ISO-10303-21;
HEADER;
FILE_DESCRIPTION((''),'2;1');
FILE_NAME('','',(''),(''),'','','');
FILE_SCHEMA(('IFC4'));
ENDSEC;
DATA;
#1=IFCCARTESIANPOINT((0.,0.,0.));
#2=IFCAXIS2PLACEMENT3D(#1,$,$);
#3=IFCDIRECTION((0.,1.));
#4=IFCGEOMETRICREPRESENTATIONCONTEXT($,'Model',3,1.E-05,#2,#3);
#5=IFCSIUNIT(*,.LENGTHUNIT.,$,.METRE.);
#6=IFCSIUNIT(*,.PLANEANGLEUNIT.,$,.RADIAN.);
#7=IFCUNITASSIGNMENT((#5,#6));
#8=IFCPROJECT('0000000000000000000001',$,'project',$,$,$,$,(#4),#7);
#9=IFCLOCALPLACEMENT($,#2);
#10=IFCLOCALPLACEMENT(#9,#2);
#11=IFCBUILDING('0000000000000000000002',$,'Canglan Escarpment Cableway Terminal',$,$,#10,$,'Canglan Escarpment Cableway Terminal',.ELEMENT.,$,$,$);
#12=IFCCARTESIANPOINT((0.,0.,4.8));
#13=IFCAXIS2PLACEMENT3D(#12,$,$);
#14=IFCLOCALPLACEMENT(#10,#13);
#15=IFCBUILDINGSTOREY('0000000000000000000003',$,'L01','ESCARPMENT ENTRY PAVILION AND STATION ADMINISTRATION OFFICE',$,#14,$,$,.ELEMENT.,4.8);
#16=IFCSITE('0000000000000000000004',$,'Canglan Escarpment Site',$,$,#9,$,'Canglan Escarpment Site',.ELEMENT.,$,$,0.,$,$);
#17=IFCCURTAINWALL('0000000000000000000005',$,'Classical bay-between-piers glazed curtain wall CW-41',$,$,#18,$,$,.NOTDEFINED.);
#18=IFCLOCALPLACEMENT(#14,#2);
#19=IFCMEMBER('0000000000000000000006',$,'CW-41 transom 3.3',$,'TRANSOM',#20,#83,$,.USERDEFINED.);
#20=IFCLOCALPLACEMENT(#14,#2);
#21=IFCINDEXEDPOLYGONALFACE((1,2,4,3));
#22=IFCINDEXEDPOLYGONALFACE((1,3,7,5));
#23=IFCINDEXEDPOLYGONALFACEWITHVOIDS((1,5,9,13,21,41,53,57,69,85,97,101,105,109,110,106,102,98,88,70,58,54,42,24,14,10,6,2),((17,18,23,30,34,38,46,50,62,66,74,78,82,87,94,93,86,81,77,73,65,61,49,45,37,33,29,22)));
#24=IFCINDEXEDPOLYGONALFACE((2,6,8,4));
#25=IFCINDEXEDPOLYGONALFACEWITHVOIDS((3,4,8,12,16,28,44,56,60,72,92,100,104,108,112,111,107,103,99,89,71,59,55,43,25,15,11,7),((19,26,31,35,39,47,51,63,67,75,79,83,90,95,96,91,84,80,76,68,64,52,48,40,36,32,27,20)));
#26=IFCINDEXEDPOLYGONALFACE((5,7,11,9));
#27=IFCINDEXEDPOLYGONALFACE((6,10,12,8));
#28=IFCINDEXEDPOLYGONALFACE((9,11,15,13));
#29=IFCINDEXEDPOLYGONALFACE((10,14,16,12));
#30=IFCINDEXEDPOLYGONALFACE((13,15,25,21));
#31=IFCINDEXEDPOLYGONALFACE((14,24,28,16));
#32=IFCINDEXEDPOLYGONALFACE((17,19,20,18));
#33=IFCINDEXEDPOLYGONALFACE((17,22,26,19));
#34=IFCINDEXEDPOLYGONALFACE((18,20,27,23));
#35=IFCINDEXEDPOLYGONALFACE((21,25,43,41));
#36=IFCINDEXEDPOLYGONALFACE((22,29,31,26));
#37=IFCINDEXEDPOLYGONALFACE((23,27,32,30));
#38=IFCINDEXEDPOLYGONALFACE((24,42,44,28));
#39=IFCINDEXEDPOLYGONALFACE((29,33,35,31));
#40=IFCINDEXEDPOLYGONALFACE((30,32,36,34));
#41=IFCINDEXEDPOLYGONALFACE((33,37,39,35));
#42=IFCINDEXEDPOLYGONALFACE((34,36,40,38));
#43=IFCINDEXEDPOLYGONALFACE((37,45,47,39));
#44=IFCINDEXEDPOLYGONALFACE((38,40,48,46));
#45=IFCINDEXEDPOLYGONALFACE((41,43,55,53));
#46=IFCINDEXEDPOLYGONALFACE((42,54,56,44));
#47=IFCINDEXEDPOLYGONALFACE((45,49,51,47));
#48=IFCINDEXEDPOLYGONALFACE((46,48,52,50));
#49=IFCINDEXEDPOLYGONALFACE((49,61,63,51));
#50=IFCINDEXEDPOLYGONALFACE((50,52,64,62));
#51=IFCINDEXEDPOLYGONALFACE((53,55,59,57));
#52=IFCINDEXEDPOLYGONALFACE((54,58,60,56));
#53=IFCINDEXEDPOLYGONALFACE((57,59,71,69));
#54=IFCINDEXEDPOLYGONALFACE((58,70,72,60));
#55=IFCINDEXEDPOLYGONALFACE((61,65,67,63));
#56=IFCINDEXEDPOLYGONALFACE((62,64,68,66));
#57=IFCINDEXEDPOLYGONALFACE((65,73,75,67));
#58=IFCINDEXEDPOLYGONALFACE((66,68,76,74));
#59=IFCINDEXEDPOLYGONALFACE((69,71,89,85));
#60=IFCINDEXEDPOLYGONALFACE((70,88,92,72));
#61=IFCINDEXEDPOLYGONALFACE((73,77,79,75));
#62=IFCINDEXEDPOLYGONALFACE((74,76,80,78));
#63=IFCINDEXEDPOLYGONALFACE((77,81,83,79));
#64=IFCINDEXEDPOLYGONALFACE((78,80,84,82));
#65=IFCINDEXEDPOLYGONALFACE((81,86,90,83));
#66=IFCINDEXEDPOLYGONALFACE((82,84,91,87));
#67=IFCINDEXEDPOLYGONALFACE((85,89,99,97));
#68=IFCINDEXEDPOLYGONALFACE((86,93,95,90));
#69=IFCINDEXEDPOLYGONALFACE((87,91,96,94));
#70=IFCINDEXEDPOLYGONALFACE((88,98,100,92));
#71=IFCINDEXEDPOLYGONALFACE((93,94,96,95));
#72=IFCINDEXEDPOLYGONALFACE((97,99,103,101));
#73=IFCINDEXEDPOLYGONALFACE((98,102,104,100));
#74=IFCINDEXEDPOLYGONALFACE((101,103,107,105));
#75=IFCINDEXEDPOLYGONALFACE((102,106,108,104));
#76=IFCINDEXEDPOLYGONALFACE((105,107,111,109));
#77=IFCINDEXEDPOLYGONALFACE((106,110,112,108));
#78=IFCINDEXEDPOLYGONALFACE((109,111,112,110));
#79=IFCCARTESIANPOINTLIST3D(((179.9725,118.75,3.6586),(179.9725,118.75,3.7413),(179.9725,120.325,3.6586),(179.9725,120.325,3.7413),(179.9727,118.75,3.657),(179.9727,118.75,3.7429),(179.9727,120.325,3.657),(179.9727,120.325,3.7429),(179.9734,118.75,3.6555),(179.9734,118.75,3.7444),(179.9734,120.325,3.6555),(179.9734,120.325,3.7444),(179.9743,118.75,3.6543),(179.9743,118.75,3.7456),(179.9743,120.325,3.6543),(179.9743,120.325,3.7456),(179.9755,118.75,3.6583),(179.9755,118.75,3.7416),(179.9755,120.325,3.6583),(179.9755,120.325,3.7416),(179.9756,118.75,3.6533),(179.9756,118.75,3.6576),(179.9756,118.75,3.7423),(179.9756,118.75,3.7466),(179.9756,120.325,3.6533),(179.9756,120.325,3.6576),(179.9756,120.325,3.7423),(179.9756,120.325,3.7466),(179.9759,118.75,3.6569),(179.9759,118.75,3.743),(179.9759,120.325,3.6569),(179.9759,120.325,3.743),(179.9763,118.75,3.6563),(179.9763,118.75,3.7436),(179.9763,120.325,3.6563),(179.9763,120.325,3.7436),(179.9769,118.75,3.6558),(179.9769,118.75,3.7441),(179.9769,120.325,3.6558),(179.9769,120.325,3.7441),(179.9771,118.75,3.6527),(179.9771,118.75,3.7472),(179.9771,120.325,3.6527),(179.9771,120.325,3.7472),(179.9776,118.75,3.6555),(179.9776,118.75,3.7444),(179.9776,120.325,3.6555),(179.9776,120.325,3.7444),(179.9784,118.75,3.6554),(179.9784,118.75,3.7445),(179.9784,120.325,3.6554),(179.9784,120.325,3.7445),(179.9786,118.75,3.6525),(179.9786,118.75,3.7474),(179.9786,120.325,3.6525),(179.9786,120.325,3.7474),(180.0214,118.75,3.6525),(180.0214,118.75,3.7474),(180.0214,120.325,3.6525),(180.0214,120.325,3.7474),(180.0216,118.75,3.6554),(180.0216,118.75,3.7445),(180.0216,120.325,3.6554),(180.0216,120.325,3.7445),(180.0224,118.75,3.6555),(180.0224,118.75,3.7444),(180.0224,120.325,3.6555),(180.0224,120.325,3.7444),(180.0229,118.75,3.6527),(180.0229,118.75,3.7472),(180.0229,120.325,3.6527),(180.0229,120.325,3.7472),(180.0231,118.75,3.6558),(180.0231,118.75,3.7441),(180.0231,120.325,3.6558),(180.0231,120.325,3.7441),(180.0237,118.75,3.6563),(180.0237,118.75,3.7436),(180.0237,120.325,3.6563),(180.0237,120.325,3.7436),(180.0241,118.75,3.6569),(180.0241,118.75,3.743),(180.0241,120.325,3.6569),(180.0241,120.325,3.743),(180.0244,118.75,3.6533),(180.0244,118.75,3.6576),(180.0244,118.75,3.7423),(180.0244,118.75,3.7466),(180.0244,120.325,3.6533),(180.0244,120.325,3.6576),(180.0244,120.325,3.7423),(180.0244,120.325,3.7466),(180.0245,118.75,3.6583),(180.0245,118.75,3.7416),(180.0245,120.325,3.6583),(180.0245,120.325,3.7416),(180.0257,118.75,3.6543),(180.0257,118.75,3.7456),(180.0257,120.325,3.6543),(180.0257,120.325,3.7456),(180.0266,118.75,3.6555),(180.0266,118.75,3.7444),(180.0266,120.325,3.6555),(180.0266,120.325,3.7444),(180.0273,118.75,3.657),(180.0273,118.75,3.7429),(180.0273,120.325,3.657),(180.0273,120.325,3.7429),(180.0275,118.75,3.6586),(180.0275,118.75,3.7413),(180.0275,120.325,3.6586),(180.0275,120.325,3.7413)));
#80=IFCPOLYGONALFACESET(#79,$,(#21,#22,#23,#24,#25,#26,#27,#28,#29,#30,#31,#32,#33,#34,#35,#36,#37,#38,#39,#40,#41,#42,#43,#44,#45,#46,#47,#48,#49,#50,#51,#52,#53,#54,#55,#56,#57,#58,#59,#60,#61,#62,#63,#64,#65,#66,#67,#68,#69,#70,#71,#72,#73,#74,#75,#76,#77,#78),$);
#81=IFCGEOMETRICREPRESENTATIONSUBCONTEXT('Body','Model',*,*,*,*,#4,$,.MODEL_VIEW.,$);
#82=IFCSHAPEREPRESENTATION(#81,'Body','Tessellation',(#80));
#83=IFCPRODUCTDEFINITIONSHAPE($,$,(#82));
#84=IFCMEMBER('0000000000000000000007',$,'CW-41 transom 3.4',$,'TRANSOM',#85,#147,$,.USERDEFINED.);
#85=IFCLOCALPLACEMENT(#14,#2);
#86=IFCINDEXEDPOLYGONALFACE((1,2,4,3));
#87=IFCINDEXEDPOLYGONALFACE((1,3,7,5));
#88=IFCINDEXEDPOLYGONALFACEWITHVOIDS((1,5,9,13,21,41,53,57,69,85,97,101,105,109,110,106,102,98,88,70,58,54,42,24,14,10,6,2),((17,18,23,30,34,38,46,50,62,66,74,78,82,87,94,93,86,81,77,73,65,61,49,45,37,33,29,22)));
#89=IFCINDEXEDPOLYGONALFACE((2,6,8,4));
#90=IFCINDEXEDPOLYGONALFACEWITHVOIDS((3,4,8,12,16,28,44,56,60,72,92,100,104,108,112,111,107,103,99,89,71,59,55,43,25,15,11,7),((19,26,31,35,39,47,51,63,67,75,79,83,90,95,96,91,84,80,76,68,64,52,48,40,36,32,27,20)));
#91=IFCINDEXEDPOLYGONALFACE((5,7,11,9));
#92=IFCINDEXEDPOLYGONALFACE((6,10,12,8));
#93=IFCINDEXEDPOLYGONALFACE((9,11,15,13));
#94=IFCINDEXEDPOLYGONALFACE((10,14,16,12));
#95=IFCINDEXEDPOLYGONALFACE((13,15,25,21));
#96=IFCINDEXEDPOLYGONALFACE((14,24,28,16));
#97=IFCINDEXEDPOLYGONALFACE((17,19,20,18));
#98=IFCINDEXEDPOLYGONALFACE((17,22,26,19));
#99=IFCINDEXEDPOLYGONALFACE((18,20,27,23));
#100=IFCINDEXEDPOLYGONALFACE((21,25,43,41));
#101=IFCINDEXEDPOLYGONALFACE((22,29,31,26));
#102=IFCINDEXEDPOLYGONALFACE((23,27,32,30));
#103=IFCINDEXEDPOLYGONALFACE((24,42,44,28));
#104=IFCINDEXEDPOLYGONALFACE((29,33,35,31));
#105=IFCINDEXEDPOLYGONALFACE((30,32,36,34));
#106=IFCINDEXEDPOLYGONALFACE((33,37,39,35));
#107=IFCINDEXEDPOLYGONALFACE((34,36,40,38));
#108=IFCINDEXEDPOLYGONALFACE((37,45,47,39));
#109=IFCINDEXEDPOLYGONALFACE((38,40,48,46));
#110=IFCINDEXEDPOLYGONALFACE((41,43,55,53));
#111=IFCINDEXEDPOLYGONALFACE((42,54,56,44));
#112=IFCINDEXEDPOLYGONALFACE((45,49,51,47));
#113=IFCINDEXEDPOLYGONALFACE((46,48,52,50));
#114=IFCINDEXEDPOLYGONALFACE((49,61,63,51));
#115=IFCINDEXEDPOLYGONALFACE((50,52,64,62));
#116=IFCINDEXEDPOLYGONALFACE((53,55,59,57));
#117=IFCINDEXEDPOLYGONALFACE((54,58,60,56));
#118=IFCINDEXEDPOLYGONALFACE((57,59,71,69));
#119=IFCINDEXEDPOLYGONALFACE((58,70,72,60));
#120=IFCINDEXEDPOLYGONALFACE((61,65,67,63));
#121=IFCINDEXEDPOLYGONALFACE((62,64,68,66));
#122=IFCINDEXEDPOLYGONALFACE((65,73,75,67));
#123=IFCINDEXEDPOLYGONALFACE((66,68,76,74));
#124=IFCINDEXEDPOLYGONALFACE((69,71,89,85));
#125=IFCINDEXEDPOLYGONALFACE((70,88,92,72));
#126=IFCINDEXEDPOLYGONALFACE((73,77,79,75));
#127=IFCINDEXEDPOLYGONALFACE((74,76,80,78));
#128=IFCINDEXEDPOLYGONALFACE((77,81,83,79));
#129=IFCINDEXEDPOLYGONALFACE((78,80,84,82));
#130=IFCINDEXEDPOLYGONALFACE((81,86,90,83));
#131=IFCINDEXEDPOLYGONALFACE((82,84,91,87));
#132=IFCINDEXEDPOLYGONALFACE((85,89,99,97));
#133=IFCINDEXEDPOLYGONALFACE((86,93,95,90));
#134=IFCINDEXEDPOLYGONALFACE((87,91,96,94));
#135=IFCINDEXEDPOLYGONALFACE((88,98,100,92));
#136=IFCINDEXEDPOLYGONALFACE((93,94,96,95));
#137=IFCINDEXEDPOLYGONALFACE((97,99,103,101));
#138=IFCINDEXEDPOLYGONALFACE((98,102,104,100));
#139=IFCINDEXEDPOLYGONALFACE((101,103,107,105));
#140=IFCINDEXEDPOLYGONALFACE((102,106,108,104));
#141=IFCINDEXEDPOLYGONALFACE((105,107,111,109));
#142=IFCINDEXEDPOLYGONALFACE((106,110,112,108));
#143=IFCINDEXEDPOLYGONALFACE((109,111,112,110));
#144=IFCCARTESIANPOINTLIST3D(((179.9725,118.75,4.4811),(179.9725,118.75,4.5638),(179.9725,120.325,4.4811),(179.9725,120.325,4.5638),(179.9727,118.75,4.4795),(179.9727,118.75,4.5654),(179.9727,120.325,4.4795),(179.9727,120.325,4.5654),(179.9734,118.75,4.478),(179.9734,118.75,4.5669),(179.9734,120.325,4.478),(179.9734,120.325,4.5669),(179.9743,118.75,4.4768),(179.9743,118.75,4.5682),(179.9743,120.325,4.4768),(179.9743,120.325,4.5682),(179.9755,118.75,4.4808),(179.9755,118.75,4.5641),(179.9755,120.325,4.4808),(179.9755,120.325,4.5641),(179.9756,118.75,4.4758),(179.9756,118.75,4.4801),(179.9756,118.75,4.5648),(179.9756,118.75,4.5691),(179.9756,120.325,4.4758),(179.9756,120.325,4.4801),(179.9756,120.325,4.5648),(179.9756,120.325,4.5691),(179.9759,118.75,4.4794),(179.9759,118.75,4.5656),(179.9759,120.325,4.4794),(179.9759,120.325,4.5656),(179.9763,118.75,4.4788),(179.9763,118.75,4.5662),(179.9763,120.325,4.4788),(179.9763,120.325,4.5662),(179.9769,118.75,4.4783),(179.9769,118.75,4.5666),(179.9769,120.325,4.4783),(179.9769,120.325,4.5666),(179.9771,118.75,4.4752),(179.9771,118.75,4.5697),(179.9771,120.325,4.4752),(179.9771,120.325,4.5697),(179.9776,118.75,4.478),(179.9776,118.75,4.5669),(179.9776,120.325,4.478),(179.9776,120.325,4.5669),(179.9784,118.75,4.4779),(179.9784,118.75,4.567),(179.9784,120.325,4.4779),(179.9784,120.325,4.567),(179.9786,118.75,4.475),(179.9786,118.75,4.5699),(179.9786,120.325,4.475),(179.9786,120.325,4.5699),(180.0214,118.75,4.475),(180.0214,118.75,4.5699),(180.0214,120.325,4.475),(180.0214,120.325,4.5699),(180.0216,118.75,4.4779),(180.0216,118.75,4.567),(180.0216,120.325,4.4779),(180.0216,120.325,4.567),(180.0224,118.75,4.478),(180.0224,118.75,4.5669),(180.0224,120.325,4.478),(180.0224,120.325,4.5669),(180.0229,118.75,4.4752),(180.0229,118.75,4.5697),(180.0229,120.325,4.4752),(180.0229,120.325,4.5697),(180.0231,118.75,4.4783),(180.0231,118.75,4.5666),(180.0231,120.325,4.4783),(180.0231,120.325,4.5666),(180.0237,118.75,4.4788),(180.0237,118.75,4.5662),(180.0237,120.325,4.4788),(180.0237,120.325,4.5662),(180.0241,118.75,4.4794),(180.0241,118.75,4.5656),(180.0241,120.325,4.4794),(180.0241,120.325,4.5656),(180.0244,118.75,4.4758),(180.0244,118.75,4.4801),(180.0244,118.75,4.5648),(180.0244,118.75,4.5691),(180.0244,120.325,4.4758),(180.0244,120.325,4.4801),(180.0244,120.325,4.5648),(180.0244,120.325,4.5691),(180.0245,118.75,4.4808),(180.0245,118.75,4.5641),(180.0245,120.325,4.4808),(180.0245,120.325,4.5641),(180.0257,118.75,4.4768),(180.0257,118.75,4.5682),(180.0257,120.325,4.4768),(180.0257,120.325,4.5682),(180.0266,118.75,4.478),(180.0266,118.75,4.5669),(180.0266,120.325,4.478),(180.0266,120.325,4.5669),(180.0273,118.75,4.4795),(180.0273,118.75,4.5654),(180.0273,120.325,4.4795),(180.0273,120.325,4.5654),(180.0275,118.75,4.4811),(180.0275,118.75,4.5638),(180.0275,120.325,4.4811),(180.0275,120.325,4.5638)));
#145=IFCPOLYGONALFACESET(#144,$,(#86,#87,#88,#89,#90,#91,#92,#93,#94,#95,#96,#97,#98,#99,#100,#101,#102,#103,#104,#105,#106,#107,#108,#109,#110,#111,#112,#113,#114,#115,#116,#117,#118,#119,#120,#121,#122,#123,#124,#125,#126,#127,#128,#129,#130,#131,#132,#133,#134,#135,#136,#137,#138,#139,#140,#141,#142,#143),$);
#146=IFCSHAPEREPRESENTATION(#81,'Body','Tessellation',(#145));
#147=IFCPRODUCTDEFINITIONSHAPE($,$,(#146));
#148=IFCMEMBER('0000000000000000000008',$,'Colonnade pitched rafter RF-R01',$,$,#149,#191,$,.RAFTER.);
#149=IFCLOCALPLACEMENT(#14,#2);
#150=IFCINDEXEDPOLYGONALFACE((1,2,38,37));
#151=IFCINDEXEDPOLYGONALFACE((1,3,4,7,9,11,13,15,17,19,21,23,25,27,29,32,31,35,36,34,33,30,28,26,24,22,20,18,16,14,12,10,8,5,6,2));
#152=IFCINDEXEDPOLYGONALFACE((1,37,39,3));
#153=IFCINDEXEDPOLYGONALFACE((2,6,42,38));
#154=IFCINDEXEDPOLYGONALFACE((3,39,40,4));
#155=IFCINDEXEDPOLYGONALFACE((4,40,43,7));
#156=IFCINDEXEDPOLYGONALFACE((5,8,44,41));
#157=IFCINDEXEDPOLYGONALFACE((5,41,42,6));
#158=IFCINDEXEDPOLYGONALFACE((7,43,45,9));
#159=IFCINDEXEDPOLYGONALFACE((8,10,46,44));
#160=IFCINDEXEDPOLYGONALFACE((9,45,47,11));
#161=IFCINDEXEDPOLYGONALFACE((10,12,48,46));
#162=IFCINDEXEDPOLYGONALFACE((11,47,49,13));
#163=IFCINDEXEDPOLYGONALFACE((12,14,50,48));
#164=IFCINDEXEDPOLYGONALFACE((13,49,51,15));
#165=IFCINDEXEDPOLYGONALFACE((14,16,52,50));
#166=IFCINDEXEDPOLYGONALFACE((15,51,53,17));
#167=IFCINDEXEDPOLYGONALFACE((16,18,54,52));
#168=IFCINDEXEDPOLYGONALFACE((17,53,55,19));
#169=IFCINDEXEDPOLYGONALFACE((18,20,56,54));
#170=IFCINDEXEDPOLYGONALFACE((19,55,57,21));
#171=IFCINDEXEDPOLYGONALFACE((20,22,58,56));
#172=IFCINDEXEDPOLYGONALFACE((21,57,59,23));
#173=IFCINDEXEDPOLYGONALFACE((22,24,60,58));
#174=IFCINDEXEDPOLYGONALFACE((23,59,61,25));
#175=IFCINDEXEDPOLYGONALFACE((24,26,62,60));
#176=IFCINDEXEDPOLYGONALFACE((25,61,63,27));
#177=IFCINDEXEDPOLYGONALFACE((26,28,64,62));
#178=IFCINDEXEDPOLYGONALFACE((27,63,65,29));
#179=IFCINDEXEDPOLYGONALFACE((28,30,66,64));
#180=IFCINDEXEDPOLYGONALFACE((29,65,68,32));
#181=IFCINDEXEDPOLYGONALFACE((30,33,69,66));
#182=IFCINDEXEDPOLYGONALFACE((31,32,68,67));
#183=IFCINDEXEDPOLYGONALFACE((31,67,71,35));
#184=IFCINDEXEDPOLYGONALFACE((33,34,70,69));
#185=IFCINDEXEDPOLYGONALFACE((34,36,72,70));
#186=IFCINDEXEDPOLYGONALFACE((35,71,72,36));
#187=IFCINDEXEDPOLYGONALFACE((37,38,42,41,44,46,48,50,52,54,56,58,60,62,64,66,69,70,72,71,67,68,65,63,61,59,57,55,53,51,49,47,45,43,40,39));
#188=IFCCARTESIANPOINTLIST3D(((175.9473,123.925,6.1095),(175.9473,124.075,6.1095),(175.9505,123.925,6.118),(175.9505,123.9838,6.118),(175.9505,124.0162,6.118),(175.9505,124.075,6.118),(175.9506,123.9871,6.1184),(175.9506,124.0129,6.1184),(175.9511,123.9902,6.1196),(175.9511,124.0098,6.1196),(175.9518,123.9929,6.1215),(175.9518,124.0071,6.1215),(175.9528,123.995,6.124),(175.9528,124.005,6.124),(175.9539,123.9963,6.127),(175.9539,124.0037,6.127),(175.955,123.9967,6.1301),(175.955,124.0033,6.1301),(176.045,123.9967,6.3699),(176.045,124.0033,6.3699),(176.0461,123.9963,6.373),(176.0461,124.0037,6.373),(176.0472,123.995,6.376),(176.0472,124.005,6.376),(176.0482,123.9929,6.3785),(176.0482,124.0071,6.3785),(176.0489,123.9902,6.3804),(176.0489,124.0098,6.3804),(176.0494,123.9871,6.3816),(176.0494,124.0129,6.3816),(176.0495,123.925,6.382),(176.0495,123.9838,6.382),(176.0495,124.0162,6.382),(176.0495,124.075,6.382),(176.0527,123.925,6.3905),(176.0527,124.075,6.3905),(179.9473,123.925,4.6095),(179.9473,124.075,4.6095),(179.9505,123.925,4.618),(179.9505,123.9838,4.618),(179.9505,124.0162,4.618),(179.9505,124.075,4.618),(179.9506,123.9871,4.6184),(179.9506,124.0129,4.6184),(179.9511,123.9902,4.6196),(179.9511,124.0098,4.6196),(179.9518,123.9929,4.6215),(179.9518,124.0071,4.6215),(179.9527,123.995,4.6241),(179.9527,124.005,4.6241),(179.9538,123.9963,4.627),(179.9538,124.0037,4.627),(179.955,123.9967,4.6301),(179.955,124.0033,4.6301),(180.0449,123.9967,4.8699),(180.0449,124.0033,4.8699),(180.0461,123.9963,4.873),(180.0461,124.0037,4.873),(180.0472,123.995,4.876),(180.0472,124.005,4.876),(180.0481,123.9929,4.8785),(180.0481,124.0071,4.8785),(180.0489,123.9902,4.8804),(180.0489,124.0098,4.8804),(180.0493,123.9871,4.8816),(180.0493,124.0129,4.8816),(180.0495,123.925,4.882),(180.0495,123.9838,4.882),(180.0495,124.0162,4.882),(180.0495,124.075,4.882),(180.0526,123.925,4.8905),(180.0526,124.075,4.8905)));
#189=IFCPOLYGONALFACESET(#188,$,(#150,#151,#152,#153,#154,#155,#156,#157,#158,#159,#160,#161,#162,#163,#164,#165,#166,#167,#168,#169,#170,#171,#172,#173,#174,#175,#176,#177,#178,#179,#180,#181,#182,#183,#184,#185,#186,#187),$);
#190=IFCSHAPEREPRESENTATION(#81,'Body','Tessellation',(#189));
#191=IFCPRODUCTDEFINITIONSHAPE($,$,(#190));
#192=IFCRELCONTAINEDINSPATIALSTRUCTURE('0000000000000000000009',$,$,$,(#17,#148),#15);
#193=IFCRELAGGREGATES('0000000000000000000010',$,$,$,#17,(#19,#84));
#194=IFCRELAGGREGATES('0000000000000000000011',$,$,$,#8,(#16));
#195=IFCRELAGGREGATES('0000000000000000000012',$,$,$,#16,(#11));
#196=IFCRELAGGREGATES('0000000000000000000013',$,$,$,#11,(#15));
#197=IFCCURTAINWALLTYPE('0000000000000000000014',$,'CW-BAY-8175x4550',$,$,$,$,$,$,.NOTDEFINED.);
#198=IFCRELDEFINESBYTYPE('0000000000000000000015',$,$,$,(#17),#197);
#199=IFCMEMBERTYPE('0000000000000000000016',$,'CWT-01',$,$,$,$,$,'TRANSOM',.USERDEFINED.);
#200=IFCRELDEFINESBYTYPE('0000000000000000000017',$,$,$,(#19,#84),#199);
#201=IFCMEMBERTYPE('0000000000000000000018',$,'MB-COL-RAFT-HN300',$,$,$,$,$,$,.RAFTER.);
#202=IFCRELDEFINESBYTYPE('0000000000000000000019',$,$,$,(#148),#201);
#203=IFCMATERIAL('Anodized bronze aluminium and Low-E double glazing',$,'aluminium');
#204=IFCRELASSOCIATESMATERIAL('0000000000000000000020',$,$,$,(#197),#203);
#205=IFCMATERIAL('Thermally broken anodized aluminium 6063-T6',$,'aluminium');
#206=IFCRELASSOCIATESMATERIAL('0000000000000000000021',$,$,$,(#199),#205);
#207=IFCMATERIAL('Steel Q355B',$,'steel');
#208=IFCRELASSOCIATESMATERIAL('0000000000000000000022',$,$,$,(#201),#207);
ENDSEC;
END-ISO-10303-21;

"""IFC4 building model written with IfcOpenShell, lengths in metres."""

from ifc_helpers import new_model, si_unit, direction, frame, origin, origin_2d, place, context, subcontext, project, spatial, hollow_rectangle, i_section, extrude, material, material_profile, profile_set, type_object, element, aggregate, save


model = new_model("IFC4")

# Units and contexts
model_context = context("Model", 3, precision=1e-05, world=origin(), true_north=direction((0.0, 1.0)))
body_context = subcontext(model_context, "Body", "Model", "MODEL_VIEW")
ifc_project = project(units=[si_unit("LENGTHUNIT", "METRE"), si_unit("PLANEANGLEUNIT", "RADIAN")], contexts=[model_context])

# Site, building, storey
site_placement = place(None, origin())
site = spatial("IfcSite", under=ifc_project, at=site_placement, Name="Canglan Escarpment Site", LongName="Canglan Escarpment Site", CompositionType="ELEMENT", RefElevation=0.0)
building_placement = place(site_placement, origin())
building = spatial("IfcBuilding", under=site, at=building_placement, Name="Canglan Escarpment Cableway Terminal", LongName="Canglan Escarpment Cableway Terminal", CompositionType="ELEMENT")
storey_placement = place(building_placement, frame((0.0, 0.0, 4.8)))
storey = spatial("IfcBuildingStorey", under=building, at=storey_placement, Name="L01", Description="ESCARPMENT ENTRY PAVILION AND STATION ADMINISTRATION OFFICE", CompositionType="ELEMENT", Elevation=4.8)

# Curtain wall, members
ifc_material_1 = material(Name="Anodized bronze aluminium and Low-E double glazing", Category="aluminium")
curtain_wall_type = type_object("IfcCurtainWallType", Name="CW-BAY-8175x4550", PredefinedType="NOTDEFINED", material=ifc_material_1)
curtain_wall_placement = place(storey_placement, origin())
curtain_wall = element("IfcCurtainWall", 1, at=curtain_wall_placement, inside=storey, type_object=curtain_wall_type, Name="Classical bay-between-piers glazed curtain wall CW-41", PredefinedType="NOTDEFINED")
ifc_material_2 = material(Name="Thermally broken anodized aluminium 6063-T6", Category="aluminium")
ifc_material_profile_1 = material_profile(ifc_material_2, hollow_rectangle(XDim=0.0549, YDim=0.095, WallThickness=0.0029, InnerFilletRadius=0.0029, OuterFilletRadius=0.0061, at=origin_2d()), Name="ALU-TRAN 55x95x3")
ifc_profile_set_1 = profile_set([ifc_material_profile_1], Name="Thermally broken anodized aluminium 6063-T6")
member_type_1 = type_object("IfcMemberType", Name="CWT-01", ElementType="TRANSOM", PredefinedType="USERDEFINED", material=ifc_profile_set_1)
member_1_placement = place(storey_placement, frame((180.0, 118.75, 3.7), z_axis=(0.0, 1.0, 0.0), x_axis=(-1.0, 0.0, 0.0)))
member_1 = element("IfcMember", 2, at=member_1_placement, type_object=member_type_1, Name="CW-41 transom 3.3", ObjectType="TRANSOM", PredefinedType="USERDEFINED", context=body_context, shape_type="SweptSolid", body=[
    extrude(hollow_rectangle(XDim=0.0549, YDim=0.095, WallThickness=0.0029, InnerFilletRadius=0.0029, OuterFilletRadius=0.0061, at=origin_2d()), origin(), (0.0, 0.0, 1.0), 1.575),
])
member_2_placement = place(storey_placement, frame((180.0, 118.75, 4.5225), z_axis=(0.0, 1.0, 0.0), x_axis=(-1.0, 0.0, 0.0)))
member_2 = element("IfcMember", 3, at=member_2_placement, type_object=member_type_1, Name="CW-41 transom 3.4", ObjectType="TRANSOM", PredefinedType="USERDEFINED", context=body_context, shape_type="SweptSolid", body=[
    extrude(hollow_rectangle(XDim=0.0549, YDim=0.095, WallThickness=0.0029, InnerFilletRadius=0.0029, OuterFilletRadius=0.0061, at=origin_2d()), origin(), (0.0, 0.0, 1.0), 1.575),
])
aggregate(curtain_wall, [member_1, member_2])

# Member
ifc_material_3 = material(Name="Steel Q355B", Category="steel")
ifc_material_profile_2 = material_profile(ifc_material_3, i_section(OverallWidth=0.1499, OverallDepth=0.3, WebThickness=0.0066, FlangeThickness=0.009, FilletRadius=0.0129, at=origin_2d()), Name="HN 300x150x6.5x9")
ifc_profile_set_2 = profile_set([ifc_material_profile_2], Name="Steel Q355B")
member_type_2 = type_object("IfcMemberType", Name="MB-COL-RAFT-HN300", PredefinedType="RAFTER", material=ifc_profile_set_2)
member_3_placement = place(storey_placement, frame((176.0, 124.0, 6.25), z_axis=(0.936329, 0.0, -0.351123), x_axis=(0.0, 1.0, 0.0)))
element("IfcMember", 4, at=member_3_placement, inside=storey, type_object=member_type_2, Name="Colonnade pitched rafter RF-R01", PredefinedType="RAFTER", context=body_context, shape_type="SweptSolid", body=[
    extrude(i_section(OverallWidth=0.1499, OverallDepth=0.3, WebThickness=0.0066, FlangeThickness=0.009, FilletRadius=0.0129, at=origin_2d()), origin(), (0.0, 0.0, 1.0), 4.272),
])

save(model, "model.ifc")
